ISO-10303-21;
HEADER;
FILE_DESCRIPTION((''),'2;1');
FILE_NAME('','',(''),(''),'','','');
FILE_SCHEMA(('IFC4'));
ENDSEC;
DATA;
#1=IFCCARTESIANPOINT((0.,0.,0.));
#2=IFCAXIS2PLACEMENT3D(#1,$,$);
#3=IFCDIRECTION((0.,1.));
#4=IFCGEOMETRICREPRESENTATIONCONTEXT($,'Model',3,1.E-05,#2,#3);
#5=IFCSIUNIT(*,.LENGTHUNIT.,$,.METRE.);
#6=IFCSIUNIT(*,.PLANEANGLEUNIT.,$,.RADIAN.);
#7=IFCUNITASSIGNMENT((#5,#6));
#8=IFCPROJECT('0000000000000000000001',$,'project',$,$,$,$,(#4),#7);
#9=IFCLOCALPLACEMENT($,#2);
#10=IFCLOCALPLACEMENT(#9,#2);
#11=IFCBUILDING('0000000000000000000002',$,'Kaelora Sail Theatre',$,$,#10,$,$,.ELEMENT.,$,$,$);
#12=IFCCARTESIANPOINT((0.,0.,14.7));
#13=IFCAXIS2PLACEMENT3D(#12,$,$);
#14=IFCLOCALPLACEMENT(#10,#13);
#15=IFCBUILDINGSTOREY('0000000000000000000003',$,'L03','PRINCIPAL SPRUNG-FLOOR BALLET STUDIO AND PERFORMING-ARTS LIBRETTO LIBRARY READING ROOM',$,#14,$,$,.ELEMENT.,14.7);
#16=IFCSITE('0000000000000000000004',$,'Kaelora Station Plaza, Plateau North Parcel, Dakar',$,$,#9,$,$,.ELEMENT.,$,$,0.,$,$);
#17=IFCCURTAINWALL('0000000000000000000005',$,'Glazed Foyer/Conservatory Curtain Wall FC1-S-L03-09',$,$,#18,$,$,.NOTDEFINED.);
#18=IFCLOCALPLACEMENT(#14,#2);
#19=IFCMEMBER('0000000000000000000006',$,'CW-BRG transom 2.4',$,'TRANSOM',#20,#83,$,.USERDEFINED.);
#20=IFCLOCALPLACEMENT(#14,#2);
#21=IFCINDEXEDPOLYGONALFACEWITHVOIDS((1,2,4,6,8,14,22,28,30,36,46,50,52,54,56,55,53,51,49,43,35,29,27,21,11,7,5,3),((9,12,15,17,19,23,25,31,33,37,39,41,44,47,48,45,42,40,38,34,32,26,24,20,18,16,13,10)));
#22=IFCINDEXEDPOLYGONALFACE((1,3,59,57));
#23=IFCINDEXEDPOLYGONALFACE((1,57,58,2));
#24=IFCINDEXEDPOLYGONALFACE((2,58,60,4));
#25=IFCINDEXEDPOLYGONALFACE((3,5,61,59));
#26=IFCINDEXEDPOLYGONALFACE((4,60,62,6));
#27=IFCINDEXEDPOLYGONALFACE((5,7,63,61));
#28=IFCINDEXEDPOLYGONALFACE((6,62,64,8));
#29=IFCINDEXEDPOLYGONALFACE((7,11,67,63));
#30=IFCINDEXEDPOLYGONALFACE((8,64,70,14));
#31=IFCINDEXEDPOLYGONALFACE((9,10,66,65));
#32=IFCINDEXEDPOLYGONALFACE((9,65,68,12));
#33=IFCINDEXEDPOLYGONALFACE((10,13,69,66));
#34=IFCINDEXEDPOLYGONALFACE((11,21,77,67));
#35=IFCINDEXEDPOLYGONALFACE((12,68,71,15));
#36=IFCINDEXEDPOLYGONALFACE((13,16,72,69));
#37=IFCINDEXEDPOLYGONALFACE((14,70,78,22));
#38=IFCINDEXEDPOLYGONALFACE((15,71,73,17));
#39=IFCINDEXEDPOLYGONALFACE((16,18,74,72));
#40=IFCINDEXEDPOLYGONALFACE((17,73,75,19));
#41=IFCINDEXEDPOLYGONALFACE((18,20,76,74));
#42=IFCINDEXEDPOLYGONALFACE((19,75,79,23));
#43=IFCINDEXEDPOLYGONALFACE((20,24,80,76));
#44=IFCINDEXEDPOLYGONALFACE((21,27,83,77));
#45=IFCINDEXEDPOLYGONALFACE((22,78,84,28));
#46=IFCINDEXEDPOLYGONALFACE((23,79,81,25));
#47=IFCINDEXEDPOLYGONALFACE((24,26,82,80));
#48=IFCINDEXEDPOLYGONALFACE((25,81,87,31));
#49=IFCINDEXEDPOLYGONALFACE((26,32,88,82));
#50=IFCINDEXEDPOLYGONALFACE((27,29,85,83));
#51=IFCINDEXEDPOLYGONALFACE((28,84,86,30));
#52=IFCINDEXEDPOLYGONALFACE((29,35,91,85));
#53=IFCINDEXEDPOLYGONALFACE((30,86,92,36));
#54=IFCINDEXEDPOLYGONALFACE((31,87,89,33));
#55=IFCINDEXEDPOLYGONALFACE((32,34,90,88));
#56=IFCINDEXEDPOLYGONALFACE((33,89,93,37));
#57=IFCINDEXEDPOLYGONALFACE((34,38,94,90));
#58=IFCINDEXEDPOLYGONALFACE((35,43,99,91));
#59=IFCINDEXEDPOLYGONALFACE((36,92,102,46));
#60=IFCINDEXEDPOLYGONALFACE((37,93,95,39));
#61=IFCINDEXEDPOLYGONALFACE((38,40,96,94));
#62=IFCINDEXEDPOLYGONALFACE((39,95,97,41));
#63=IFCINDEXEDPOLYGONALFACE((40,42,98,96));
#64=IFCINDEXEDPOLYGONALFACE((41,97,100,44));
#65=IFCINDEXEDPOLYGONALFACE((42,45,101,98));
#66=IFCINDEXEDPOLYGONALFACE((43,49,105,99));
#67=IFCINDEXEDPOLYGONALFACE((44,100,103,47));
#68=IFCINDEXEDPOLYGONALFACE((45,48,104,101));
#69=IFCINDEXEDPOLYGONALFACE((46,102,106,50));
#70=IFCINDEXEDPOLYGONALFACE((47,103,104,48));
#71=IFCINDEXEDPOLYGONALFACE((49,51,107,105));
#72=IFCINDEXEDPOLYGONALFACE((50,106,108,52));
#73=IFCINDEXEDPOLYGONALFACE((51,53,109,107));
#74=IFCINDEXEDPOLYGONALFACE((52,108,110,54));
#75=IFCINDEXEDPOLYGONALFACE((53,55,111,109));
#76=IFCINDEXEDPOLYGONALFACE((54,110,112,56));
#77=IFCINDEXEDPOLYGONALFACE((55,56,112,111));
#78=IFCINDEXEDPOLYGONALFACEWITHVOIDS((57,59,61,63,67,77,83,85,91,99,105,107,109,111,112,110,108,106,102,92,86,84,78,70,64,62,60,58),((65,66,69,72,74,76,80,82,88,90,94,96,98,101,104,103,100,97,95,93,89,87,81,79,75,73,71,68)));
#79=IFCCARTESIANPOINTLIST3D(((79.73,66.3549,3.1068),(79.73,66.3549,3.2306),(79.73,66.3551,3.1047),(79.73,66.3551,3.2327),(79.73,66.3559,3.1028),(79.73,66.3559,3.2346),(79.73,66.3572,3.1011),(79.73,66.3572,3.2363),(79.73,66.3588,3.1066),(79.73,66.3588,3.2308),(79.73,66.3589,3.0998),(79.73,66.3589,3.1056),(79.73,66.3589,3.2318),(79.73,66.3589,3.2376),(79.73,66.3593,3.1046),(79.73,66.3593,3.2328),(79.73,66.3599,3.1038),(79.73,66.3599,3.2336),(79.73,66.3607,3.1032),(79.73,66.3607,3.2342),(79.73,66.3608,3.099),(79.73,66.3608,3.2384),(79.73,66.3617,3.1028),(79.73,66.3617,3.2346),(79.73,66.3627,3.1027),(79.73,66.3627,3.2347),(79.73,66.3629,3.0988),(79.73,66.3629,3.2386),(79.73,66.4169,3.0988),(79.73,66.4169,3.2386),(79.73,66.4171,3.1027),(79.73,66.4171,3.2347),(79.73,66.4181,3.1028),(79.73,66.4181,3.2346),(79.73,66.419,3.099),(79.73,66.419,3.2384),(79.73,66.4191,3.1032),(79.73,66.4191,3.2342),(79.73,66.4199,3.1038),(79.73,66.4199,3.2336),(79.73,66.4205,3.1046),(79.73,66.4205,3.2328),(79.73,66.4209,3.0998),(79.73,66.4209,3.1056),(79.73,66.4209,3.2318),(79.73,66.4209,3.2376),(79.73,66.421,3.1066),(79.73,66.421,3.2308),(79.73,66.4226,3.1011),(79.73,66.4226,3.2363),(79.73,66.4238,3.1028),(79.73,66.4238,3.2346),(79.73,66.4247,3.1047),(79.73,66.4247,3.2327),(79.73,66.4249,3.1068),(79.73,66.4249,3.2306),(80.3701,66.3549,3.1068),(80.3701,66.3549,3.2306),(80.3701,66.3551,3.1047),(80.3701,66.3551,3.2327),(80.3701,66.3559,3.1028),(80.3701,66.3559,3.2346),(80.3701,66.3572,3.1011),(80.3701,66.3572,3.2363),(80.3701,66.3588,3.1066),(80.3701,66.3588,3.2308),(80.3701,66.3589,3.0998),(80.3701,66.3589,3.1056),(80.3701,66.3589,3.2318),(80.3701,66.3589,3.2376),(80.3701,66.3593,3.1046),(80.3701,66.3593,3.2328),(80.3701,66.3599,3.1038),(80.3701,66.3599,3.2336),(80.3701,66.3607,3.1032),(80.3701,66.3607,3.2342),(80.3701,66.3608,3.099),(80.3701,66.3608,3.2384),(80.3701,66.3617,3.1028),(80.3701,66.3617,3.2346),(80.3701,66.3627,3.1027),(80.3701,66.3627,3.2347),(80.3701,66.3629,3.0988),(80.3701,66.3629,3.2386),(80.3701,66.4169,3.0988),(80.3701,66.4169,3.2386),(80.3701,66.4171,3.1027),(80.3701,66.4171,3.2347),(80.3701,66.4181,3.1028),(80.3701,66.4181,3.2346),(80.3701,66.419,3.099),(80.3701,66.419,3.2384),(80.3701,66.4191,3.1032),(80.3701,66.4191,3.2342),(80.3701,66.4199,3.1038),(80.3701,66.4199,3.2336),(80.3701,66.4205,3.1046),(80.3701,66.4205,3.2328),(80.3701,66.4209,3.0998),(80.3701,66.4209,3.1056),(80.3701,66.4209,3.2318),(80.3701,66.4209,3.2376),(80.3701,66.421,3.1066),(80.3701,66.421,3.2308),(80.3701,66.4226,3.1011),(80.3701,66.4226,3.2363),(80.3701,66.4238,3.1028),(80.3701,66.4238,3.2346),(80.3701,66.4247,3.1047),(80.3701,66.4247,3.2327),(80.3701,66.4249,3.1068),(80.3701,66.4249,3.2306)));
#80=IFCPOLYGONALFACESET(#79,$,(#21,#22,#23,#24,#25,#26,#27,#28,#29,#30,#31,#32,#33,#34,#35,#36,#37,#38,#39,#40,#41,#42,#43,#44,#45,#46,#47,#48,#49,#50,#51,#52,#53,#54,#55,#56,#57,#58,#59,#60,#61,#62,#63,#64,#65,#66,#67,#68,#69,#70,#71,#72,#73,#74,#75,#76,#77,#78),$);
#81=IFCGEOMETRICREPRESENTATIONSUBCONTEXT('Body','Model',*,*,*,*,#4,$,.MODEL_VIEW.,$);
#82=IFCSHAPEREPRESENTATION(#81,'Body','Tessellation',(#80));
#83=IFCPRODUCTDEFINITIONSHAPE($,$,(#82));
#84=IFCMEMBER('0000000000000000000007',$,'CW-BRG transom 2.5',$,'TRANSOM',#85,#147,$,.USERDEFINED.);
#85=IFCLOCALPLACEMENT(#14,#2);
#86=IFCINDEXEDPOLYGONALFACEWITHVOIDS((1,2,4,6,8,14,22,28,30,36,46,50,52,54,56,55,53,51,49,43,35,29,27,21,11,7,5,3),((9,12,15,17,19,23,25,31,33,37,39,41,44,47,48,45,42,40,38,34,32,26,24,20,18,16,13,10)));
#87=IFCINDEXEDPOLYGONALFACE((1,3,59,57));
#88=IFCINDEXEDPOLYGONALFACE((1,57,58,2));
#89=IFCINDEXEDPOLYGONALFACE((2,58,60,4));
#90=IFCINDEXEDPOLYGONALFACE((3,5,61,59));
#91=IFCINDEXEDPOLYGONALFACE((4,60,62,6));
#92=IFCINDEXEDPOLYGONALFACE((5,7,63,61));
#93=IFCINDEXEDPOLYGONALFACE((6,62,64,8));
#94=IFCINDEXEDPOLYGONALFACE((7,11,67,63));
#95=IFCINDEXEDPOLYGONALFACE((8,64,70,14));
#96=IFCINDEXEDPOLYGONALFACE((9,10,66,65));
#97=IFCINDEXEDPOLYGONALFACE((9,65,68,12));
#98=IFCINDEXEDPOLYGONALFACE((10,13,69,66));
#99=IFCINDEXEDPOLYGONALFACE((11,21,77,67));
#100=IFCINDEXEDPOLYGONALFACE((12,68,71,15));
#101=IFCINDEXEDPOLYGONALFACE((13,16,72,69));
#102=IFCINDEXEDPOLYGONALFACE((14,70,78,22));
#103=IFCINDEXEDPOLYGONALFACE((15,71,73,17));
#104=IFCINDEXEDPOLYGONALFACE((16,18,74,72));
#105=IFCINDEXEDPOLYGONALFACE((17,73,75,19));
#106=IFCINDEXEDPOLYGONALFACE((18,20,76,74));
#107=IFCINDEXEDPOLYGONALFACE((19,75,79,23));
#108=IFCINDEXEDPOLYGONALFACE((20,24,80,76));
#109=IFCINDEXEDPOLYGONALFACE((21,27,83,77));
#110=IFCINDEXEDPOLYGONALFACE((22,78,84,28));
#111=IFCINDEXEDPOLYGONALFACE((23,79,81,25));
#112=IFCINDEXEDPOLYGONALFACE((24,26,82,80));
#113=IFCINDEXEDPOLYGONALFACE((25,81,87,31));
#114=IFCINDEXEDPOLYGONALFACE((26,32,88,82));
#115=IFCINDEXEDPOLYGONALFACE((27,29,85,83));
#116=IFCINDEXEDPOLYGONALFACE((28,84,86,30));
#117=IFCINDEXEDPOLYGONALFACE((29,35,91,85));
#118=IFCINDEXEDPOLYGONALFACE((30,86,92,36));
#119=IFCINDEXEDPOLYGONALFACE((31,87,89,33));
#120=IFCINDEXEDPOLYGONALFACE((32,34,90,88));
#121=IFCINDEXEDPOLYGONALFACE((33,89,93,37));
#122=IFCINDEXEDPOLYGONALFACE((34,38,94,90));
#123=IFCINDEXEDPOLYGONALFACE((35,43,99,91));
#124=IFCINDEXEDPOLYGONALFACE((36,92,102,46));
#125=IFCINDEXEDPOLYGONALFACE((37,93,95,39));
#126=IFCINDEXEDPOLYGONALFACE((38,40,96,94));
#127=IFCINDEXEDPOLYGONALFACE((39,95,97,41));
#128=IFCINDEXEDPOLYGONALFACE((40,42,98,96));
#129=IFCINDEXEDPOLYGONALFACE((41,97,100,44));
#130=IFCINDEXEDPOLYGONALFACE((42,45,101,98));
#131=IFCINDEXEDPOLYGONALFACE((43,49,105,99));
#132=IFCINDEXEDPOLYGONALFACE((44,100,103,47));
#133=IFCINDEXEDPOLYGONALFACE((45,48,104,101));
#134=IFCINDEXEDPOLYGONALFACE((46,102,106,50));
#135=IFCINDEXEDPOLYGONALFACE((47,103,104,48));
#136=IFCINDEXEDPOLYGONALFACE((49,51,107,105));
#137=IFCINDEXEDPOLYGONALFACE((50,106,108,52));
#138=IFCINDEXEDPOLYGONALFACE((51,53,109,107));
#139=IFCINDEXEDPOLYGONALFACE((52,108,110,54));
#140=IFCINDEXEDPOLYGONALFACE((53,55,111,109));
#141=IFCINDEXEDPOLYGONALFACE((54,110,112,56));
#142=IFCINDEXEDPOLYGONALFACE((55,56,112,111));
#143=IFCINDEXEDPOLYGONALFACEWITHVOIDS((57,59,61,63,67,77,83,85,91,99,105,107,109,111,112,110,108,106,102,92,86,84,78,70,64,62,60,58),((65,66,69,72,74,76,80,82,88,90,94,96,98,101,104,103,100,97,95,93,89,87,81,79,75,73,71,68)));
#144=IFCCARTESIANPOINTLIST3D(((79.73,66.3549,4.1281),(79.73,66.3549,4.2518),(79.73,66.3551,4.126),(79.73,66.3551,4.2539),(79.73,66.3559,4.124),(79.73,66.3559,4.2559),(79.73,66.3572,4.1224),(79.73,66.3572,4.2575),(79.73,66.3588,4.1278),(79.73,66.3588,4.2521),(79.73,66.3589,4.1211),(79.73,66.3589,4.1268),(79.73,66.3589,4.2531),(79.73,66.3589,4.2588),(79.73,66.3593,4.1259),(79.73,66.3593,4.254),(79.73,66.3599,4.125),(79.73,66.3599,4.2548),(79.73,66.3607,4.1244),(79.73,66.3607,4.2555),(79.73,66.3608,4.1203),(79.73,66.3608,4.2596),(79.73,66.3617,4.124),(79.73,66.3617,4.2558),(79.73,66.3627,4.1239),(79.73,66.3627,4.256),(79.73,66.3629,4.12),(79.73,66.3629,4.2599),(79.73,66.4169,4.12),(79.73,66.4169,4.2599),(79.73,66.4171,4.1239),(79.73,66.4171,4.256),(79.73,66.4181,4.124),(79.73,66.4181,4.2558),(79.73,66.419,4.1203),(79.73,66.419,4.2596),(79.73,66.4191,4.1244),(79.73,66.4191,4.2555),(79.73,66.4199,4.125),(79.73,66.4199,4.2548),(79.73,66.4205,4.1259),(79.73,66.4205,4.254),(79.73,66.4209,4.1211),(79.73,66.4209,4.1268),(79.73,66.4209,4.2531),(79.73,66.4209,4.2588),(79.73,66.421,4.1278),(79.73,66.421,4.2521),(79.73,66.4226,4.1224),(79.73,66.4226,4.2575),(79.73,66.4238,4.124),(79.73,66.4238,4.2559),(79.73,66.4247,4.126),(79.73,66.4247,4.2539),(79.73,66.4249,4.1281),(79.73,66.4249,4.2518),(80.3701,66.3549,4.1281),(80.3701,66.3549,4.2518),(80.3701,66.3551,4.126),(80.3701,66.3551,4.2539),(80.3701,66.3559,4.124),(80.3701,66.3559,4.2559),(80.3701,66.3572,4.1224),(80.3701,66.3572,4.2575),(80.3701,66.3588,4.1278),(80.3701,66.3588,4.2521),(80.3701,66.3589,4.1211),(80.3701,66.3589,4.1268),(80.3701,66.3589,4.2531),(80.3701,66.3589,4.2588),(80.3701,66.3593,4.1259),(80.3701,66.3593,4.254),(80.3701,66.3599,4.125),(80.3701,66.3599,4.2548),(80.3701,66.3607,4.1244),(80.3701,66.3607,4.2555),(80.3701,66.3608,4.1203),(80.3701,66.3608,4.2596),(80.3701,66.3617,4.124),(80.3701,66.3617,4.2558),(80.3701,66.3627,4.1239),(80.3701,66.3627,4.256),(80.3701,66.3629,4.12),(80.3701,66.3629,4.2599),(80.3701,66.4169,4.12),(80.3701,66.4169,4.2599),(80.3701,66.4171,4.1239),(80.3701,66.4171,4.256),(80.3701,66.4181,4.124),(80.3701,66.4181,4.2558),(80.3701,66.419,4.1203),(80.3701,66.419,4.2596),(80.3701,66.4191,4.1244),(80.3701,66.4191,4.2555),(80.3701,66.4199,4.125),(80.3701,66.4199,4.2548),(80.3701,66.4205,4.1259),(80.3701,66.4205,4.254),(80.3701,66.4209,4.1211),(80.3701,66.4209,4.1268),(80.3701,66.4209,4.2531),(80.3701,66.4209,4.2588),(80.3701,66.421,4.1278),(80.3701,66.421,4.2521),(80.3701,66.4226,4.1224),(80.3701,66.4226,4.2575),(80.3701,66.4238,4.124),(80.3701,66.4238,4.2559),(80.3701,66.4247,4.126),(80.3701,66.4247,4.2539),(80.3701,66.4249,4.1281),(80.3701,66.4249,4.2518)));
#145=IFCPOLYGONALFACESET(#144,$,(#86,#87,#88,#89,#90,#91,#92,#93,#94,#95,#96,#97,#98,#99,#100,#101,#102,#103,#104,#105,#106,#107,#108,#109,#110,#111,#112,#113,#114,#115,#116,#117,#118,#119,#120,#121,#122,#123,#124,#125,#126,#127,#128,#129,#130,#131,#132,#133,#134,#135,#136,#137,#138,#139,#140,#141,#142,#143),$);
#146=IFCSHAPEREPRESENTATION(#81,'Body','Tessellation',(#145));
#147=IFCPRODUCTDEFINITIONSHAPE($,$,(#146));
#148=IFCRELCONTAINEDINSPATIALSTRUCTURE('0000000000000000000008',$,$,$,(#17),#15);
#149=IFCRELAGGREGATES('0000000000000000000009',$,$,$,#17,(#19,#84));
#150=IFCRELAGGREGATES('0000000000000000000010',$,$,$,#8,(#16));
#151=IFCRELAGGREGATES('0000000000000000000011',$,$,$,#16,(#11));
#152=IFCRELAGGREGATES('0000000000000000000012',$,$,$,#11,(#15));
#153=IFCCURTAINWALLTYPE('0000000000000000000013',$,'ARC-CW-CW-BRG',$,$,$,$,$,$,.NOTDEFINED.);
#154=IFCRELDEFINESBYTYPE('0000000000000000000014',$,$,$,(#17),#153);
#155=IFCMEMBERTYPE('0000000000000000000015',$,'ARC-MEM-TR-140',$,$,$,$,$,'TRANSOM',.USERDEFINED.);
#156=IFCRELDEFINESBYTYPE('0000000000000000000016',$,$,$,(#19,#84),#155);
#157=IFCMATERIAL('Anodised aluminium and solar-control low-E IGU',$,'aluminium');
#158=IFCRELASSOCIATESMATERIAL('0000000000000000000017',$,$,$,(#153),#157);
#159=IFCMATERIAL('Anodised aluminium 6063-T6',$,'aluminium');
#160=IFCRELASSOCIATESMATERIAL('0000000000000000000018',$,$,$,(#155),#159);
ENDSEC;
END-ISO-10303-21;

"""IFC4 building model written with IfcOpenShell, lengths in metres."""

from ifc_helpers import new_model, si_unit, direction, frame, origin, origin_2d, place, context, subcontext, project, spatial, hollow_rectangle, extrude, material, material_profile, profile_set, type_object, element, aggregate, save


model = new_model("IFC4")

# Units and contexts
model_context = context("Model", 3, precision=1e-05, world=origin(), true_north=direction((0.0, 1.0)))
body_context = subcontext(model_context, "Body", "Model", "MODEL_VIEW")
ifc_project = project(units=[si_unit("LENGTHUNIT", "METRE"), si_unit("PLANEANGLEUNIT", "RADIAN")], contexts=[model_context])

# Site, building, storey
site_placement = place(None, origin())
site = spatial("IfcSite", under=ifc_project, at=site_placement, Name="Kaelora Station Plaza, Plateau North Parcel, Dakar", CompositionType="ELEMENT", RefElevation=0.0)
building_placement = place(site_placement, origin())
building = spatial("IfcBuilding", under=site, at=building_placement, Name="Kaelora Sail Theatre", CompositionType="ELEMENT")
storey_placement = place(building_placement, frame((0.0, 0.0, 14.7)))
storey = spatial("IfcBuildingStorey", under=building, at=storey_placement, Name="L03", Description="PRINCIPAL SPRUNG-FLOOR BALLET STUDIO AND PERFORMING-ARTS LIBRETTO LIBRARY READING ROOM", CompositionType="ELEMENT", Elevation=14.7)

# Curtain wall, members
ifc_material_1 = material(Name="Anodised aluminium and solar-control low-E IGU", Category="aluminium")
curtain_wall_type = type_object("IfcCurtainWallType", Name="ARC-CW-CW-BRG", PredefinedType="NOTDEFINED", material=ifc_material_1)
curtain_wall_placement = place(storey_placement, origin())
curtain_wall = element("IfcCurtainWall", 1, at=curtain_wall_placement, inside=storey, type_object=curtain_wall_type, Name="Glazed Foyer/Conservatory Curtain Wall FC1-S-L03-09", PredefinedType="NOTDEFINED")
ifc_material_2 = material(Name="Anodised aluminium 6063-T6", Category="aluminium")
ifc_material_profile_1 = material_profile(ifc_material_2, hollow_rectangle(XDim=0.0701, YDim=0.1399, WallThickness=0.0039, InnerFilletRadius=0.0039, OuterFilletRadius=0.0081, at=origin_2d()), Name="ALU-TRAN 70x140x4")
ifc_profile_set_1 = profile_set([ifc_material_profile_1], Name="Anodised aluminium 6063-T6")
member_type_1 = type_object("IfcMemberType", Name="ARC-MEM-TR-140", ElementType="TRANSOM", PredefinedType="USERDEFINED", material=ifc_profile_set_1)
member_1_placement = place(storey_placement, frame((79.73, 66.3899, 3.1687), z_axis=(1.0, 0.0, 0.0), x_axis=(0.0, 1.0, 0.0)))
member_1 = element("IfcMember", 2, at=member_1_placement, type_object=member_type_1, Name="CW-BRG transom 2.4", ObjectType="TRANSOM", PredefinedType="USERDEFINED", context=body_context, shape_type="SweptSolid", body=[
    extrude(hollow_rectangle(XDim=0.0701, YDim=0.1399, WallThickness=0.0039, InnerFilletRadius=0.0039, OuterFilletRadius=0.0081, at=origin_2d()), origin(), (0.0, 0.0, 1.0), 0.6401),
])
member_2_placement = place(storey_placement, frame((79.73, 66.3899, 4.1899), z_axis=(1.0, 0.0, 0.0), x_axis=(0.0, 1.0, 0.0)))
member_2 = element("IfcMember", 3, at=member_2_placement, type_object=member_type_1, Name="CW-BRG transom 2.5", ObjectType="TRANSOM", PredefinedType="USERDEFINED", context=body_context, shape_type="SweptSolid", body=[
    extrude(hollow_rectangle(XDim=0.0701, YDim=0.1399, WallThickness=0.0039, InnerFilletRadius=0.0039, OuterFilletRadius=0.0081, at=origin_2d()), origin(), (0.0, 0.0, 1.0), 0.6401),
])
aggregate(curtain_wall, [member_1, member_2])

save(model, "model.ifc")
